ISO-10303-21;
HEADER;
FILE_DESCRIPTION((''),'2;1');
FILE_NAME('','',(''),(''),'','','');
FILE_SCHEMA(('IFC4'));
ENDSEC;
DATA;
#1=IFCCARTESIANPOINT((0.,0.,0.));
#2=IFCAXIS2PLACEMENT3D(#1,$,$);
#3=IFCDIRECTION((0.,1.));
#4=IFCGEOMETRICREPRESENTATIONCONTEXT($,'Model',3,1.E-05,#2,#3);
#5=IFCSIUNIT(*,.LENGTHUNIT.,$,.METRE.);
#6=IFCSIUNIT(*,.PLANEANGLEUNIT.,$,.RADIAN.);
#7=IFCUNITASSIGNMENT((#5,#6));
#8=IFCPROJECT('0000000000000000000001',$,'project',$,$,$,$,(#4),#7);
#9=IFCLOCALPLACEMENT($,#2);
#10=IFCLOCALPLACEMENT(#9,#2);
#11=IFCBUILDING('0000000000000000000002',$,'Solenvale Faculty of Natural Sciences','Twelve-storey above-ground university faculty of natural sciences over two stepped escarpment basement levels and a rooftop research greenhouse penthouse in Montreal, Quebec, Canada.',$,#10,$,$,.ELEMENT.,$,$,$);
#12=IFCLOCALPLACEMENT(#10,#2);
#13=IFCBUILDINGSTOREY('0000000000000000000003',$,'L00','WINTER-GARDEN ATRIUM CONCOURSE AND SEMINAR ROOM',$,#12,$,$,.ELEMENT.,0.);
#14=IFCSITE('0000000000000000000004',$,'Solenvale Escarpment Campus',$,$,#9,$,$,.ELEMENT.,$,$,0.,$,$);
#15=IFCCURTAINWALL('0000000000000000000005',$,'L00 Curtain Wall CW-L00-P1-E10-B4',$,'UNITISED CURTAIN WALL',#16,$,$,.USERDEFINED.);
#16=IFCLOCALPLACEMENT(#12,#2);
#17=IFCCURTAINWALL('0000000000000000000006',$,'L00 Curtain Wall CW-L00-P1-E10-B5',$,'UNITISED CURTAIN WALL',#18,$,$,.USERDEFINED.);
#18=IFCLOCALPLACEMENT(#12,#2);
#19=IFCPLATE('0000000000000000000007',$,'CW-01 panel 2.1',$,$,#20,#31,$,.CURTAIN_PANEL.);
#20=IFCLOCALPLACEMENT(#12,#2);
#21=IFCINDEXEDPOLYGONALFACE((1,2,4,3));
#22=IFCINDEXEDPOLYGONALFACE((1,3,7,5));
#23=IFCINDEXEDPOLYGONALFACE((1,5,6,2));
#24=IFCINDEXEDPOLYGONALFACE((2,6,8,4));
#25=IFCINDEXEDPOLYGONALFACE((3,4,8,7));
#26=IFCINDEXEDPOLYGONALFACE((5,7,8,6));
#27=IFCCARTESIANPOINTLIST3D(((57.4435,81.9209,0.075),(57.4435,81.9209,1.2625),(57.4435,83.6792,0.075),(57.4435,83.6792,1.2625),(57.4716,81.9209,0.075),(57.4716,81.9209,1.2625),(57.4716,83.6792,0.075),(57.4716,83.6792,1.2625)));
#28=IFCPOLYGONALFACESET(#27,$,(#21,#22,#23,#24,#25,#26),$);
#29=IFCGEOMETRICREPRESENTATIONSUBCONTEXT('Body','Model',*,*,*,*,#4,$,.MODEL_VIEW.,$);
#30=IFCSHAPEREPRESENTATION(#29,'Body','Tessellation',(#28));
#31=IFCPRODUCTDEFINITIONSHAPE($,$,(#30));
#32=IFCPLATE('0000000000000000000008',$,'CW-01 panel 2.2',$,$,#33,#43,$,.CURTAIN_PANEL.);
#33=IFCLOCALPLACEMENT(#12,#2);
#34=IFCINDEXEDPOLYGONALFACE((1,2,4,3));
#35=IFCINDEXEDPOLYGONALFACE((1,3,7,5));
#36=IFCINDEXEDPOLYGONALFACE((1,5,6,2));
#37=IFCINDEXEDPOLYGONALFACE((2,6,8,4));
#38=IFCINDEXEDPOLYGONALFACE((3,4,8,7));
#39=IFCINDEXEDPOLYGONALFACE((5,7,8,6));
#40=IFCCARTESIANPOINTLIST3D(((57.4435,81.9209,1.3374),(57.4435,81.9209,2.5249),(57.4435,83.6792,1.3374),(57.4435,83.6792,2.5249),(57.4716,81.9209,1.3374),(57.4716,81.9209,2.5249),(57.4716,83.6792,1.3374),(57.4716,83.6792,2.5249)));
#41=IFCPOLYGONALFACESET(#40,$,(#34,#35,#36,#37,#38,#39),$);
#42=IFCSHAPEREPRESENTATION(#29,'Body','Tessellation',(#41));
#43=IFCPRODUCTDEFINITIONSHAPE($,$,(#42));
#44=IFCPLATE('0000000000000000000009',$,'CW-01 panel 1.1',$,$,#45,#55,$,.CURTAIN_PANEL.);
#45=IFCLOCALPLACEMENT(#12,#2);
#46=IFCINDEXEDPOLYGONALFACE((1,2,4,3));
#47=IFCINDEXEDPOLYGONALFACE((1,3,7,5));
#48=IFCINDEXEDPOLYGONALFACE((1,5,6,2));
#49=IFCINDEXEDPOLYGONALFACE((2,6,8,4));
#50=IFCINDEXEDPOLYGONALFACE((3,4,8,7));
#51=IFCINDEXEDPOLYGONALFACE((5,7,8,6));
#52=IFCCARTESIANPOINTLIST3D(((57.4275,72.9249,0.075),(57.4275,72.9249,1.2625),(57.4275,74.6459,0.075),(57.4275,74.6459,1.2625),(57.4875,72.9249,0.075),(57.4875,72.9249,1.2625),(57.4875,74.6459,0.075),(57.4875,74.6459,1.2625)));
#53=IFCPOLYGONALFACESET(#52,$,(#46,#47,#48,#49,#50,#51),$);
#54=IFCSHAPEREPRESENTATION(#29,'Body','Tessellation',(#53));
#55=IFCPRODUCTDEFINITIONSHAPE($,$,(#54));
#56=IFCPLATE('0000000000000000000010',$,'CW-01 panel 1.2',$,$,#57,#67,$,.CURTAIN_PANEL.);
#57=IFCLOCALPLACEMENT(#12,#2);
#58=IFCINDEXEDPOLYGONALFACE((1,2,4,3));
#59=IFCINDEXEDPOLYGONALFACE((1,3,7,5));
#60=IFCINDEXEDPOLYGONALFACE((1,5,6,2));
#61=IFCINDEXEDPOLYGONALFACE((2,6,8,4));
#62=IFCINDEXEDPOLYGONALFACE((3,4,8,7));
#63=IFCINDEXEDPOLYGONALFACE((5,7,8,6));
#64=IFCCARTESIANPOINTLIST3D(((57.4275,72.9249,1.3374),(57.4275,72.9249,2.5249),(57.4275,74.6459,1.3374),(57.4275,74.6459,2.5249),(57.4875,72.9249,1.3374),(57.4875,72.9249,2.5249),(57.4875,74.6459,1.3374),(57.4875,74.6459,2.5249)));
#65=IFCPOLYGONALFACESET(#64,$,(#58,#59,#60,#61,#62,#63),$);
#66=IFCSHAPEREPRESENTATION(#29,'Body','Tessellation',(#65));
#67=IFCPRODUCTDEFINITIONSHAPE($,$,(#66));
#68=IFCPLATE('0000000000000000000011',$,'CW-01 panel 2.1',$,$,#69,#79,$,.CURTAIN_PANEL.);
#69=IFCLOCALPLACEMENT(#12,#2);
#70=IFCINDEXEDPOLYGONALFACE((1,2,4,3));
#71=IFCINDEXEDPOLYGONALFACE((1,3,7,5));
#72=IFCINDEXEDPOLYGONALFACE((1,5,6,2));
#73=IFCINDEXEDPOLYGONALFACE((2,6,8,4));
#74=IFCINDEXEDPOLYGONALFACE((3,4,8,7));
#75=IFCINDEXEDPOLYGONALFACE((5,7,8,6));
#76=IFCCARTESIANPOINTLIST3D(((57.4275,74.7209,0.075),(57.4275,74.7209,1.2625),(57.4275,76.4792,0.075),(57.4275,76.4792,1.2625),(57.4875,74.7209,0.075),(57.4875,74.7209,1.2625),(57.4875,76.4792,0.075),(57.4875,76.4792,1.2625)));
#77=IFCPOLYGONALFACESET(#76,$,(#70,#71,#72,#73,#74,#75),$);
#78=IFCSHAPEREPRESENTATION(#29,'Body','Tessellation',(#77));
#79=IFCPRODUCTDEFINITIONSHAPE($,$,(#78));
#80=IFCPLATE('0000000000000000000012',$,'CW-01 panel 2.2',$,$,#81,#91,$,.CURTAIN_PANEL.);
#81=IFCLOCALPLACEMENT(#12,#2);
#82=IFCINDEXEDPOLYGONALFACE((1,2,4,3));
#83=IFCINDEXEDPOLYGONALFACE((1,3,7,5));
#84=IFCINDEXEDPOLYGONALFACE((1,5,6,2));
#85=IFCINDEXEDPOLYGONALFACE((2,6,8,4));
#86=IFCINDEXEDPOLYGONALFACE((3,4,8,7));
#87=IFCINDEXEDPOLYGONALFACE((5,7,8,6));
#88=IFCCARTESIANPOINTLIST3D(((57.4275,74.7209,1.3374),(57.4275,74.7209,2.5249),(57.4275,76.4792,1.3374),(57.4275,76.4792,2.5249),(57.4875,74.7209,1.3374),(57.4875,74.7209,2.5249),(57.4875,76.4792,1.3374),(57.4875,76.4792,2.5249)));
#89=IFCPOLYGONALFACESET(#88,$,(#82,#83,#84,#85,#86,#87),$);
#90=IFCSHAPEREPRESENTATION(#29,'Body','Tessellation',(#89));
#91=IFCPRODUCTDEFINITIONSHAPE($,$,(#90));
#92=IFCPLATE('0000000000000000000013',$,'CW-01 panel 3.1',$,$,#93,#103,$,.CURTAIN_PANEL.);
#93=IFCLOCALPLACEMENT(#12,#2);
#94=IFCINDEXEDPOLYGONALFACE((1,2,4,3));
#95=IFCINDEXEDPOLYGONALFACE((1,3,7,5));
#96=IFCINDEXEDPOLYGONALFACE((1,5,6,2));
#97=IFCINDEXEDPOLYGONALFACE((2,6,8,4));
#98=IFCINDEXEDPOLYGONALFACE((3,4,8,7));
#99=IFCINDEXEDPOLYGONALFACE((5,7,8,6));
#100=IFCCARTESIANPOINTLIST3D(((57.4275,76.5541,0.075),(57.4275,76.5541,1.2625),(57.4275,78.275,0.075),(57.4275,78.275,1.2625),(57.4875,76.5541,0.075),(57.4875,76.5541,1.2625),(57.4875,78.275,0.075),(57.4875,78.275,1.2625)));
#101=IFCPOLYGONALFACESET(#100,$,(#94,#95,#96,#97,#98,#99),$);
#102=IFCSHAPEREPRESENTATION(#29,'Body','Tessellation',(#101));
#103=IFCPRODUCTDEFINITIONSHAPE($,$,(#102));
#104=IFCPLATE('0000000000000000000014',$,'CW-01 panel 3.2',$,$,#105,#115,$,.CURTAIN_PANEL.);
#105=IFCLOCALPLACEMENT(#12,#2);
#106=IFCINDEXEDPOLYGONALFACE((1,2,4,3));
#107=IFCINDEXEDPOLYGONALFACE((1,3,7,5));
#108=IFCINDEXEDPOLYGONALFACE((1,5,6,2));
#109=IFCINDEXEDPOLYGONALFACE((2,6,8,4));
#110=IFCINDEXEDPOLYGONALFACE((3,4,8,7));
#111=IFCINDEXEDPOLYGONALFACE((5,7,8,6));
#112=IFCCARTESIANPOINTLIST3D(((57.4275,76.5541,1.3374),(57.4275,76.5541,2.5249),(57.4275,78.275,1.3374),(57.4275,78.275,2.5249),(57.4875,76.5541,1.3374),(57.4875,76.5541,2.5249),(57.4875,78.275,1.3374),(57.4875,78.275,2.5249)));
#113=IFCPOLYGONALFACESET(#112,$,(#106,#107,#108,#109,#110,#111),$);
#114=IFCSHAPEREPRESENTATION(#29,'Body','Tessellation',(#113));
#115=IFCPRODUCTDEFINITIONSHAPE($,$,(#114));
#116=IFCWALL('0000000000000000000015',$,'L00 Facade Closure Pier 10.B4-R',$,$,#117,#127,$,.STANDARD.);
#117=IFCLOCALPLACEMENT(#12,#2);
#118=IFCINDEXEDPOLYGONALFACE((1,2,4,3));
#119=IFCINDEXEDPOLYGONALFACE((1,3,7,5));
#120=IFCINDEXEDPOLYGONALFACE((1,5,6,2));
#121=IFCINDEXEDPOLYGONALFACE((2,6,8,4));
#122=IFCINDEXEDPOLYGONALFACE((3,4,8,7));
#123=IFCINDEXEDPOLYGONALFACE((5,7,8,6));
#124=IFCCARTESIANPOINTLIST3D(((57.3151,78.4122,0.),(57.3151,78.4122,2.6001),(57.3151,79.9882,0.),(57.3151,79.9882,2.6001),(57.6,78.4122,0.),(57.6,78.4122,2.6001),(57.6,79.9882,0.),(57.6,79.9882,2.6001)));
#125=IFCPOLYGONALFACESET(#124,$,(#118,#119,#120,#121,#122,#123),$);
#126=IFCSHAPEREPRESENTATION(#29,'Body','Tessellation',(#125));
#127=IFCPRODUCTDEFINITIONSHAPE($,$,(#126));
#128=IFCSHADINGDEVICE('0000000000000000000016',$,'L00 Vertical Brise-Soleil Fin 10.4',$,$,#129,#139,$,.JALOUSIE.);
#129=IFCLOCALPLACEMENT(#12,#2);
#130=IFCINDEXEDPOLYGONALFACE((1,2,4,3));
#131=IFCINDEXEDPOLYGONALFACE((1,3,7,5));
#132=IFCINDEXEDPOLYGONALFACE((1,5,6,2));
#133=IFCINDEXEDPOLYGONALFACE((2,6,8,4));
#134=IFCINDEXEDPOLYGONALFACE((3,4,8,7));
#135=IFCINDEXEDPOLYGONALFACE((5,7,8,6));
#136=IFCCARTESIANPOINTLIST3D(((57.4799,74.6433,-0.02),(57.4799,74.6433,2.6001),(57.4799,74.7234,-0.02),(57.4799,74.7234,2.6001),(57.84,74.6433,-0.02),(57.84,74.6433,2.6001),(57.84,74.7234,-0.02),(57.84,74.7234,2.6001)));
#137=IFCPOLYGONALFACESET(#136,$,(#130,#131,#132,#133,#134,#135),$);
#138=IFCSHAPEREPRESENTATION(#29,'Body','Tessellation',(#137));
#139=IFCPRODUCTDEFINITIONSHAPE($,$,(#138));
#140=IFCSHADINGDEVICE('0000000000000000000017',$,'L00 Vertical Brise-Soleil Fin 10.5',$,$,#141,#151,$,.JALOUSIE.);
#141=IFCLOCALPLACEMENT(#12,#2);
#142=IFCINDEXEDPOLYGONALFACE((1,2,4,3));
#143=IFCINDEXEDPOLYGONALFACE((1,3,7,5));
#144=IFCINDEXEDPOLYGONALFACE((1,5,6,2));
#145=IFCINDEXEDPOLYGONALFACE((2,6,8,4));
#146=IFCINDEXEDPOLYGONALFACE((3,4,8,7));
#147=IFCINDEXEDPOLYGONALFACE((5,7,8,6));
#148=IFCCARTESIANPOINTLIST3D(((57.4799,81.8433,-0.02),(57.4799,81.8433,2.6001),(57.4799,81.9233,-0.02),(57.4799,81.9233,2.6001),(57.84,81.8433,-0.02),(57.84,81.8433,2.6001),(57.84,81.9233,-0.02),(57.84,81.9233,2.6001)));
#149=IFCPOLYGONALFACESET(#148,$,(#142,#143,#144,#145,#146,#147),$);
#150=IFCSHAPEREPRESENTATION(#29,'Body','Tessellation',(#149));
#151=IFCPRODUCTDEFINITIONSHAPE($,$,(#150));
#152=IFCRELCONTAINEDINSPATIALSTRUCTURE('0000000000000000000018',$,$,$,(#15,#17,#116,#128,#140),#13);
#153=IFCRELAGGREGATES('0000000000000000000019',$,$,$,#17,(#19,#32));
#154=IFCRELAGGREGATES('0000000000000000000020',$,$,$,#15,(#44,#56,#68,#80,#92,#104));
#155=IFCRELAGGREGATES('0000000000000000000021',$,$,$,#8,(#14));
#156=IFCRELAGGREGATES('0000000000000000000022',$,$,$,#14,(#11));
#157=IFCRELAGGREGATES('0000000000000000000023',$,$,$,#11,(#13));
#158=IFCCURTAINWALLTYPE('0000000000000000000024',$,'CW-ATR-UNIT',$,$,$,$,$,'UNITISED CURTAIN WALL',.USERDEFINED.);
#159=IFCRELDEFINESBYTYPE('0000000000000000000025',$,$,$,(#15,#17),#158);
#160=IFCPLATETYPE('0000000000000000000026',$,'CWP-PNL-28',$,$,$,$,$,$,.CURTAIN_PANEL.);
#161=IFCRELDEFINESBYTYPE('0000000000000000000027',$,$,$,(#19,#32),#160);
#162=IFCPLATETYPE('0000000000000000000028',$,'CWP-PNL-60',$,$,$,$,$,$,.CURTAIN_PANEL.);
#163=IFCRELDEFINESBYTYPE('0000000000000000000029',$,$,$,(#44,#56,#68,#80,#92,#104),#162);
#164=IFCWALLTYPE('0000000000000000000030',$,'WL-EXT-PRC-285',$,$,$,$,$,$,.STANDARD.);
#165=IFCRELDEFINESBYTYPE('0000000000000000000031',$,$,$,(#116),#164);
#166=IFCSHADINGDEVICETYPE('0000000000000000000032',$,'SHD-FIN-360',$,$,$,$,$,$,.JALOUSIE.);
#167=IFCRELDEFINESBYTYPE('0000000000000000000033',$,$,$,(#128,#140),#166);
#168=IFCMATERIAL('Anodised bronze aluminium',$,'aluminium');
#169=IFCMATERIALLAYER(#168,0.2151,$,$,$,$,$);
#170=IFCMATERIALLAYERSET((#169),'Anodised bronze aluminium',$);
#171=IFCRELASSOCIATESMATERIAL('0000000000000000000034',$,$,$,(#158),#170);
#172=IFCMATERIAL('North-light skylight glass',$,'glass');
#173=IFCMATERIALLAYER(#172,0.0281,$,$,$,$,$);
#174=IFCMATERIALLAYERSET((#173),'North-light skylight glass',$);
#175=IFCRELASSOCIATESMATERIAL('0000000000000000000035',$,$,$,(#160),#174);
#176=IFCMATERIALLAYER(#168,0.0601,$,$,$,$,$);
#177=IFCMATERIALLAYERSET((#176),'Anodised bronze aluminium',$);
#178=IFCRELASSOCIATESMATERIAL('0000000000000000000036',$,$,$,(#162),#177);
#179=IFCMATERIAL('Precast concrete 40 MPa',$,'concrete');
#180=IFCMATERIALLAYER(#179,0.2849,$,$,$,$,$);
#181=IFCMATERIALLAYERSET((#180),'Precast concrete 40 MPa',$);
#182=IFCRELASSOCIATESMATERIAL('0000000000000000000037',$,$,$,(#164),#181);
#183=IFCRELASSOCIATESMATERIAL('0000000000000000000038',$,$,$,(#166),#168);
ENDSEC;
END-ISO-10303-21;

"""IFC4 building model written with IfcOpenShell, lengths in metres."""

from ifc_helpers import new_model, si_unit, direction, frame, frame_2d, origin, origin_2d, place, context, subcontext, project, spatial, rectangle, extrude, material, layer, layer_set, material_profile, profile_set, type_object, element, aggregate, save


model = new_model("IFC4")

# Units and contexts
model_context = context("Model", 3, precision=1e-05, world=origin(), true_north=direction((0.0, 1.0)))
body_context = subcontext(model_context, "Body", "Model", "MODEL_VIEW")
ifc_project = project(units=[si_unit("LENGTHUNIT", "METRE"), si_unit("PLANEANGLEUNIT", "RADIAN")], contexts=[model_context])

# Site, building, storey
site_placement = place(None, origin())
site = spatial("IfcSite", under=ifc_project, at=site_placement, Name="Solenvale Escarpment Campus", CompositionType="ELEMENT", RefElevation=0.0)
building_placement = place(site_placement, origin())
building = spatial("IfcBuilding", under=site, at=building_placement, Name="Solenvale Faculty of Natural Sciences", Description="Twelve-storey above-ground university faculty of natural sciences over two stepped escarpment basement levels and a rooftop research greenhouse penthouse in Montreal, Quebec, Canada.", CompositionType="ELEMENT")
storey_placement = place(building_placement, origin())
storey = spatial("IfcBuildingStorey", under=building, at=storey_placement, Name="L00", Description="WINTER-GARDEN ATRIUM CONCOURSE AND SEMINAR ROOM", CompositionType="ELEMENT", Elevation=0.0)

# Curtain walls
ifc_material_1 = material(Name="Anodised bronze aluminium", Category="aluminium")
ifc_layer_1 = layer(ifc_material_1, 0.2151)
ifc_layer_set_1 = layer_set([ifc_layer_1], Name="Anodised bronze aluminium")
curtain_wall_type = type_object("IfcCurtainWallType", Name="CW-ATR-UNIT", ElementType="UNITISED CURTAIN WALL", PredefinedType="USERDEFINED", material=ifc_layer_set_1)
curtain_wall_1_placement = place(storey_placement, origin())
curtain_wall_1 = element("IfcCurtainWall", 1, at=curtain_wall_1_placement, inside=storey, type_object=curtain_wall_type, Name="L00 Curtain Wall CW-L00-P1-E10-B4", ObjectType="UNITISED CURTAIN WALL", PredefinedType="USERDEFINED")
curtain_wall_2_placement = place(storey_placement, origin())
curtain_wall_2 = element("IfcCurtainWall", 2, at=curtain_wall_2_placement, inside=storey, type_object=curtain_wall_type, Name="L00 Curtain Wall CW-L00-P1-E10-B5", ObjectType="UNITISED CURTAIN WALL", PredefinedType="USERDEFINED")

# Plates
ifc_material_2 = material(Name="North-light skylight glass", Category="glass")
ifc_layer_2 = layer(ifc_material_2, 0.0281)
ifc_layer_set_2 = layer_set([ifc_layer_2], Name="North-light skylight glass")
plate_type_1 = type_object("IfcPlateType", Name="CWP-PNL-28", PredefinedType="CURTAIN_PANEL", material=ifc_layer_set_2)
plate_1_placement = place(storey_placement, frame((57.4575, 82.8, 0.075), z_axis=(0.0, 0.0, 1.0), x_axis=(0.0, 1.0, 0.0)))
plate_1 = element("IfcPlate", 3, at=plate_1_placement, type_object=plate_type_1, Name="CW-01 panel 2.1", PredefinedType="CURTAIN_PANEL", context=body_context, shape_type="SweptSolid", body=[
    extrude(rectangle(XDim=1.7583, YDim=0.0281, at=origin_2d()), origin(), (0.0, 0.0, 1.0), 1.1875),
])
plate_2_placement = place(storey_placement, frame((57.4575, 82.8, 1.3374), z_axis=(0.0, 0.0, 1.0), x_axis=(0.0, 1.0, 0.0)))
plate_2 = element("IfcPlate", 4, at=plate_2_placement, type_object=plate_type_1, Name="CW-01 panel 2.2", PredefinedType="CURTAIN_PANEL", context=body_context, shape_type="SweptSolid", body=[
    extrude(rectangle(XDim=1.7583, YDim=0.0281, at=origin_2d()), origin(), (0.0, 0.0, 1.0), 1.1875),
])
aggregate(curtain_wall_2, [plate_1, plate_2])
ifc_layer_3 = layer(ifc_material_1, 0.0601)
ifc_layer_set_3 = layer_set([ifc_layer_3], Name="Anodised bronze aluminium")
plate_type_2 = type_object("IfcPlateType", Name="CWP-PNL-60", PredefinedType="CURTAIN_PANEL", material=ifc_layer_set_3)
plate_3_placement = place(storey_placement, frame((57.4575, 73.7854, 0.075), z_axis=(0.0, 0.0, 1.0), x_axis=(0.0, 1.0, 0.0)))
plate_3 = element("IfcPlate", 5, at=plate_3_placement, type_object=plate_type_2, Name="CW-01 panel 1.1", PredefinedType="CURTAIN_PANEL", context=body_context, shape_type="SweptSolid", body=[
    extrude(rectangle(XDim=1.7209, YDim=0.0601, at=origin_2d()), origin(), (0.0, 0.0, 1.0), 1.1875),
])
plate_4_placement = place(storey_placement, frame((57.4575, 73.7854, 1.3374), z_axis=(0.0, 0.0, 1.0), x_axis=(0.0, 1.0, 0.0)))
plate_4 = element("IfcPlate", 6, at=plate_4_placement, type_object=plate_type_2, Name="CW-01 panel 1.2", PredefinedType="CURTAIN_PANEL", context=body_context, shape_type="SweptSolid", body=[
    extrude(rectangle(XDim=1.7209, YDim=0.0601, at=origin_2d()), origin(), (0.0, 0.0, 1.0), 1.1875),
])
plate_5_placement = place(storey_placement, frame((57.4575, 75.6001, 0.075), z_axis=(0.0, 0.0, 1.0), x_axis=(0.0, 1.0, 0.0)))
plate_5 = element("IfcPlate", 7, at=plate_5_placement, type_object=plate_type_2, Name="CW-01 panel 2.1", PredefinedType="CURTAIN_PANEL", context=body_context, shape_type="SweptSolid", body=[
    extrude(rectangle(XDim=1.7583, YDim=0.0601, at=origin_2d()), origin(), (0.0, 0.0, 1.0), 1.1875),
])
plate_6_placement = place(storey_placement, frame((57.4575, 75.6001, 1.3374), z_axis=(0.0, 0.0, 1.0), x_axis=(0.0, 1.0, 0.0)))
plate_6 = element("IfcPlate", 8, at=plate_6_placement, type_object=plate_type_2, Name="CW-01 panel 2.2", PredefinedType="CURTAIN_PANEL", context=body_context, shape_type="SweptSolid", body=[
    extrude(rectangle(XDim=1.7583, YDim=0.0601, at=origin_2d()), origin(), (0.0, 0.0, 1.0), 1.1875),
])
plate_7_placement = place(storey_placement, frame((57.4575, 77.4146, 0.075), z_axis=(0.0, 0.0, 1.0), x_axis=(0.0, 1.0, 0.0)))
plate_7 = element("IfcPlate", 9, at=plate_7_placement, type_object=plate_type_2, Name="CW-01 panel 3.1", PredefinedType="CURTAIN_PANEL", context=body_context, shape_type="SweptSolid", body=[
    extrude(rectangle(XDim=1.7209, YDim=0.0601, at=origin_2d()), origin(), (0.0, 0.0, 1.0), 1.1875),
])
plate_8_placement = place(storey_placement, frame((57.4575, 77.4146, 1.3374), z_axis=(0.0, 0.0, 1.0), x_axis=(0.0, 1.0, 0.0)))
plate_8 = element("IfcPlate", 10, at=plate_8_placement, type_object=plate_type_2, Name="CW-01 panel 3.2", PredefinedType="CURTAIN_PANEL", context=body_context, shape_type="SweptSolid", body=[
    extrude(rectangle(XDim=1.7209, YDim=0.0601, at=origin_2d()), origin(), (0.0, 0.0, 1.0), 1.1875),
])
aggregate(curtain_wall_1, [plate_3, plate_4, plate_5, plate_6, plate_7, plate_8])

# Wall
ifc_material_3 = material(Name="Precast concrete 40 MPa", Category="concrete")
ifc_layer_4 = layer(ifc_material_3, 0.2849)
ifc_layer_set_4 = layer_set([ifc_layer_4], Name="Precast concrete 40 MPa")
wall_type = type_object("IfcWallType", Name="WL-EXT-PRC-285", PredefinedType="STANDARD", material=ifc_layer_set_4)
wall_placement = place(storey_placement, frame((57.4575, 78.4121, 0.0), z_axis=(0.0, 0.0, 1.0), x_axis=(0.0, 1.0, 0.0)))
element("IfcWall", 11, at=wall_placement, inside=storey, type_object=wall_type, Name="L00 Facade Closure Pier 10.B4-R", PredefinedType="STANDARD", context=body_context, shape_type="SweptSolid", body=[
    extrude(rectangle(XDim=1.5759, YDim=0.2849, at=frame_2d((0.7881, 0.0))), origin(), (0.0, 0.0, 1.0), 2.6001),
])

# Shading devices
ifc_material_profile_1 = material_profile(ifc_material_1, rectangle(XDim=0.0801, YDim=0.3601, at=origin_2d()), Name="ALU-FIN-80x360")
ifc_profile_set_1 = profile_set([ifc_material_profile_1], Name="Anodised bronze aluminium")
shading_device_type = type_object("IfcShadingDeviceType", Name="SHD-FIN-360", PredefinedType="JALOUSIE", material=ifc_profile_set_1)
for number, where, z_axis, x_axis, name in (
    (12, (57.6599, 74.6833, -0.02), (0.0, 0.0, 1.0), (0.0, 1.0, 0.0), "L00 Vertical Brise-Soleil Fin 10.4"),
    (13, (57.6599, 81.8833, -0.02), (0.0, 0.0, 1.0), (0.0, 1.0, 0.0), "L00 Vertical Brise-Soleil Fin 10.5"),
):
    element("IfcShadingDevice", number, at=place(storey_placement, frame(where, z_axis=z_axis, x_axis=x_axis)), inside=storey, type_object=shading_device_type, Name=name, PredefinedType="JALOUSIE", context=body_context, shape_type="SweptSolid", body=[
        extrude(rectangle(XDim=0.0801, YDim=0.3601, at=origin_2d()), origin(), (0.0, 0.0, 1.0), 2.6201),
    ])

save(model, "model.ifc")
